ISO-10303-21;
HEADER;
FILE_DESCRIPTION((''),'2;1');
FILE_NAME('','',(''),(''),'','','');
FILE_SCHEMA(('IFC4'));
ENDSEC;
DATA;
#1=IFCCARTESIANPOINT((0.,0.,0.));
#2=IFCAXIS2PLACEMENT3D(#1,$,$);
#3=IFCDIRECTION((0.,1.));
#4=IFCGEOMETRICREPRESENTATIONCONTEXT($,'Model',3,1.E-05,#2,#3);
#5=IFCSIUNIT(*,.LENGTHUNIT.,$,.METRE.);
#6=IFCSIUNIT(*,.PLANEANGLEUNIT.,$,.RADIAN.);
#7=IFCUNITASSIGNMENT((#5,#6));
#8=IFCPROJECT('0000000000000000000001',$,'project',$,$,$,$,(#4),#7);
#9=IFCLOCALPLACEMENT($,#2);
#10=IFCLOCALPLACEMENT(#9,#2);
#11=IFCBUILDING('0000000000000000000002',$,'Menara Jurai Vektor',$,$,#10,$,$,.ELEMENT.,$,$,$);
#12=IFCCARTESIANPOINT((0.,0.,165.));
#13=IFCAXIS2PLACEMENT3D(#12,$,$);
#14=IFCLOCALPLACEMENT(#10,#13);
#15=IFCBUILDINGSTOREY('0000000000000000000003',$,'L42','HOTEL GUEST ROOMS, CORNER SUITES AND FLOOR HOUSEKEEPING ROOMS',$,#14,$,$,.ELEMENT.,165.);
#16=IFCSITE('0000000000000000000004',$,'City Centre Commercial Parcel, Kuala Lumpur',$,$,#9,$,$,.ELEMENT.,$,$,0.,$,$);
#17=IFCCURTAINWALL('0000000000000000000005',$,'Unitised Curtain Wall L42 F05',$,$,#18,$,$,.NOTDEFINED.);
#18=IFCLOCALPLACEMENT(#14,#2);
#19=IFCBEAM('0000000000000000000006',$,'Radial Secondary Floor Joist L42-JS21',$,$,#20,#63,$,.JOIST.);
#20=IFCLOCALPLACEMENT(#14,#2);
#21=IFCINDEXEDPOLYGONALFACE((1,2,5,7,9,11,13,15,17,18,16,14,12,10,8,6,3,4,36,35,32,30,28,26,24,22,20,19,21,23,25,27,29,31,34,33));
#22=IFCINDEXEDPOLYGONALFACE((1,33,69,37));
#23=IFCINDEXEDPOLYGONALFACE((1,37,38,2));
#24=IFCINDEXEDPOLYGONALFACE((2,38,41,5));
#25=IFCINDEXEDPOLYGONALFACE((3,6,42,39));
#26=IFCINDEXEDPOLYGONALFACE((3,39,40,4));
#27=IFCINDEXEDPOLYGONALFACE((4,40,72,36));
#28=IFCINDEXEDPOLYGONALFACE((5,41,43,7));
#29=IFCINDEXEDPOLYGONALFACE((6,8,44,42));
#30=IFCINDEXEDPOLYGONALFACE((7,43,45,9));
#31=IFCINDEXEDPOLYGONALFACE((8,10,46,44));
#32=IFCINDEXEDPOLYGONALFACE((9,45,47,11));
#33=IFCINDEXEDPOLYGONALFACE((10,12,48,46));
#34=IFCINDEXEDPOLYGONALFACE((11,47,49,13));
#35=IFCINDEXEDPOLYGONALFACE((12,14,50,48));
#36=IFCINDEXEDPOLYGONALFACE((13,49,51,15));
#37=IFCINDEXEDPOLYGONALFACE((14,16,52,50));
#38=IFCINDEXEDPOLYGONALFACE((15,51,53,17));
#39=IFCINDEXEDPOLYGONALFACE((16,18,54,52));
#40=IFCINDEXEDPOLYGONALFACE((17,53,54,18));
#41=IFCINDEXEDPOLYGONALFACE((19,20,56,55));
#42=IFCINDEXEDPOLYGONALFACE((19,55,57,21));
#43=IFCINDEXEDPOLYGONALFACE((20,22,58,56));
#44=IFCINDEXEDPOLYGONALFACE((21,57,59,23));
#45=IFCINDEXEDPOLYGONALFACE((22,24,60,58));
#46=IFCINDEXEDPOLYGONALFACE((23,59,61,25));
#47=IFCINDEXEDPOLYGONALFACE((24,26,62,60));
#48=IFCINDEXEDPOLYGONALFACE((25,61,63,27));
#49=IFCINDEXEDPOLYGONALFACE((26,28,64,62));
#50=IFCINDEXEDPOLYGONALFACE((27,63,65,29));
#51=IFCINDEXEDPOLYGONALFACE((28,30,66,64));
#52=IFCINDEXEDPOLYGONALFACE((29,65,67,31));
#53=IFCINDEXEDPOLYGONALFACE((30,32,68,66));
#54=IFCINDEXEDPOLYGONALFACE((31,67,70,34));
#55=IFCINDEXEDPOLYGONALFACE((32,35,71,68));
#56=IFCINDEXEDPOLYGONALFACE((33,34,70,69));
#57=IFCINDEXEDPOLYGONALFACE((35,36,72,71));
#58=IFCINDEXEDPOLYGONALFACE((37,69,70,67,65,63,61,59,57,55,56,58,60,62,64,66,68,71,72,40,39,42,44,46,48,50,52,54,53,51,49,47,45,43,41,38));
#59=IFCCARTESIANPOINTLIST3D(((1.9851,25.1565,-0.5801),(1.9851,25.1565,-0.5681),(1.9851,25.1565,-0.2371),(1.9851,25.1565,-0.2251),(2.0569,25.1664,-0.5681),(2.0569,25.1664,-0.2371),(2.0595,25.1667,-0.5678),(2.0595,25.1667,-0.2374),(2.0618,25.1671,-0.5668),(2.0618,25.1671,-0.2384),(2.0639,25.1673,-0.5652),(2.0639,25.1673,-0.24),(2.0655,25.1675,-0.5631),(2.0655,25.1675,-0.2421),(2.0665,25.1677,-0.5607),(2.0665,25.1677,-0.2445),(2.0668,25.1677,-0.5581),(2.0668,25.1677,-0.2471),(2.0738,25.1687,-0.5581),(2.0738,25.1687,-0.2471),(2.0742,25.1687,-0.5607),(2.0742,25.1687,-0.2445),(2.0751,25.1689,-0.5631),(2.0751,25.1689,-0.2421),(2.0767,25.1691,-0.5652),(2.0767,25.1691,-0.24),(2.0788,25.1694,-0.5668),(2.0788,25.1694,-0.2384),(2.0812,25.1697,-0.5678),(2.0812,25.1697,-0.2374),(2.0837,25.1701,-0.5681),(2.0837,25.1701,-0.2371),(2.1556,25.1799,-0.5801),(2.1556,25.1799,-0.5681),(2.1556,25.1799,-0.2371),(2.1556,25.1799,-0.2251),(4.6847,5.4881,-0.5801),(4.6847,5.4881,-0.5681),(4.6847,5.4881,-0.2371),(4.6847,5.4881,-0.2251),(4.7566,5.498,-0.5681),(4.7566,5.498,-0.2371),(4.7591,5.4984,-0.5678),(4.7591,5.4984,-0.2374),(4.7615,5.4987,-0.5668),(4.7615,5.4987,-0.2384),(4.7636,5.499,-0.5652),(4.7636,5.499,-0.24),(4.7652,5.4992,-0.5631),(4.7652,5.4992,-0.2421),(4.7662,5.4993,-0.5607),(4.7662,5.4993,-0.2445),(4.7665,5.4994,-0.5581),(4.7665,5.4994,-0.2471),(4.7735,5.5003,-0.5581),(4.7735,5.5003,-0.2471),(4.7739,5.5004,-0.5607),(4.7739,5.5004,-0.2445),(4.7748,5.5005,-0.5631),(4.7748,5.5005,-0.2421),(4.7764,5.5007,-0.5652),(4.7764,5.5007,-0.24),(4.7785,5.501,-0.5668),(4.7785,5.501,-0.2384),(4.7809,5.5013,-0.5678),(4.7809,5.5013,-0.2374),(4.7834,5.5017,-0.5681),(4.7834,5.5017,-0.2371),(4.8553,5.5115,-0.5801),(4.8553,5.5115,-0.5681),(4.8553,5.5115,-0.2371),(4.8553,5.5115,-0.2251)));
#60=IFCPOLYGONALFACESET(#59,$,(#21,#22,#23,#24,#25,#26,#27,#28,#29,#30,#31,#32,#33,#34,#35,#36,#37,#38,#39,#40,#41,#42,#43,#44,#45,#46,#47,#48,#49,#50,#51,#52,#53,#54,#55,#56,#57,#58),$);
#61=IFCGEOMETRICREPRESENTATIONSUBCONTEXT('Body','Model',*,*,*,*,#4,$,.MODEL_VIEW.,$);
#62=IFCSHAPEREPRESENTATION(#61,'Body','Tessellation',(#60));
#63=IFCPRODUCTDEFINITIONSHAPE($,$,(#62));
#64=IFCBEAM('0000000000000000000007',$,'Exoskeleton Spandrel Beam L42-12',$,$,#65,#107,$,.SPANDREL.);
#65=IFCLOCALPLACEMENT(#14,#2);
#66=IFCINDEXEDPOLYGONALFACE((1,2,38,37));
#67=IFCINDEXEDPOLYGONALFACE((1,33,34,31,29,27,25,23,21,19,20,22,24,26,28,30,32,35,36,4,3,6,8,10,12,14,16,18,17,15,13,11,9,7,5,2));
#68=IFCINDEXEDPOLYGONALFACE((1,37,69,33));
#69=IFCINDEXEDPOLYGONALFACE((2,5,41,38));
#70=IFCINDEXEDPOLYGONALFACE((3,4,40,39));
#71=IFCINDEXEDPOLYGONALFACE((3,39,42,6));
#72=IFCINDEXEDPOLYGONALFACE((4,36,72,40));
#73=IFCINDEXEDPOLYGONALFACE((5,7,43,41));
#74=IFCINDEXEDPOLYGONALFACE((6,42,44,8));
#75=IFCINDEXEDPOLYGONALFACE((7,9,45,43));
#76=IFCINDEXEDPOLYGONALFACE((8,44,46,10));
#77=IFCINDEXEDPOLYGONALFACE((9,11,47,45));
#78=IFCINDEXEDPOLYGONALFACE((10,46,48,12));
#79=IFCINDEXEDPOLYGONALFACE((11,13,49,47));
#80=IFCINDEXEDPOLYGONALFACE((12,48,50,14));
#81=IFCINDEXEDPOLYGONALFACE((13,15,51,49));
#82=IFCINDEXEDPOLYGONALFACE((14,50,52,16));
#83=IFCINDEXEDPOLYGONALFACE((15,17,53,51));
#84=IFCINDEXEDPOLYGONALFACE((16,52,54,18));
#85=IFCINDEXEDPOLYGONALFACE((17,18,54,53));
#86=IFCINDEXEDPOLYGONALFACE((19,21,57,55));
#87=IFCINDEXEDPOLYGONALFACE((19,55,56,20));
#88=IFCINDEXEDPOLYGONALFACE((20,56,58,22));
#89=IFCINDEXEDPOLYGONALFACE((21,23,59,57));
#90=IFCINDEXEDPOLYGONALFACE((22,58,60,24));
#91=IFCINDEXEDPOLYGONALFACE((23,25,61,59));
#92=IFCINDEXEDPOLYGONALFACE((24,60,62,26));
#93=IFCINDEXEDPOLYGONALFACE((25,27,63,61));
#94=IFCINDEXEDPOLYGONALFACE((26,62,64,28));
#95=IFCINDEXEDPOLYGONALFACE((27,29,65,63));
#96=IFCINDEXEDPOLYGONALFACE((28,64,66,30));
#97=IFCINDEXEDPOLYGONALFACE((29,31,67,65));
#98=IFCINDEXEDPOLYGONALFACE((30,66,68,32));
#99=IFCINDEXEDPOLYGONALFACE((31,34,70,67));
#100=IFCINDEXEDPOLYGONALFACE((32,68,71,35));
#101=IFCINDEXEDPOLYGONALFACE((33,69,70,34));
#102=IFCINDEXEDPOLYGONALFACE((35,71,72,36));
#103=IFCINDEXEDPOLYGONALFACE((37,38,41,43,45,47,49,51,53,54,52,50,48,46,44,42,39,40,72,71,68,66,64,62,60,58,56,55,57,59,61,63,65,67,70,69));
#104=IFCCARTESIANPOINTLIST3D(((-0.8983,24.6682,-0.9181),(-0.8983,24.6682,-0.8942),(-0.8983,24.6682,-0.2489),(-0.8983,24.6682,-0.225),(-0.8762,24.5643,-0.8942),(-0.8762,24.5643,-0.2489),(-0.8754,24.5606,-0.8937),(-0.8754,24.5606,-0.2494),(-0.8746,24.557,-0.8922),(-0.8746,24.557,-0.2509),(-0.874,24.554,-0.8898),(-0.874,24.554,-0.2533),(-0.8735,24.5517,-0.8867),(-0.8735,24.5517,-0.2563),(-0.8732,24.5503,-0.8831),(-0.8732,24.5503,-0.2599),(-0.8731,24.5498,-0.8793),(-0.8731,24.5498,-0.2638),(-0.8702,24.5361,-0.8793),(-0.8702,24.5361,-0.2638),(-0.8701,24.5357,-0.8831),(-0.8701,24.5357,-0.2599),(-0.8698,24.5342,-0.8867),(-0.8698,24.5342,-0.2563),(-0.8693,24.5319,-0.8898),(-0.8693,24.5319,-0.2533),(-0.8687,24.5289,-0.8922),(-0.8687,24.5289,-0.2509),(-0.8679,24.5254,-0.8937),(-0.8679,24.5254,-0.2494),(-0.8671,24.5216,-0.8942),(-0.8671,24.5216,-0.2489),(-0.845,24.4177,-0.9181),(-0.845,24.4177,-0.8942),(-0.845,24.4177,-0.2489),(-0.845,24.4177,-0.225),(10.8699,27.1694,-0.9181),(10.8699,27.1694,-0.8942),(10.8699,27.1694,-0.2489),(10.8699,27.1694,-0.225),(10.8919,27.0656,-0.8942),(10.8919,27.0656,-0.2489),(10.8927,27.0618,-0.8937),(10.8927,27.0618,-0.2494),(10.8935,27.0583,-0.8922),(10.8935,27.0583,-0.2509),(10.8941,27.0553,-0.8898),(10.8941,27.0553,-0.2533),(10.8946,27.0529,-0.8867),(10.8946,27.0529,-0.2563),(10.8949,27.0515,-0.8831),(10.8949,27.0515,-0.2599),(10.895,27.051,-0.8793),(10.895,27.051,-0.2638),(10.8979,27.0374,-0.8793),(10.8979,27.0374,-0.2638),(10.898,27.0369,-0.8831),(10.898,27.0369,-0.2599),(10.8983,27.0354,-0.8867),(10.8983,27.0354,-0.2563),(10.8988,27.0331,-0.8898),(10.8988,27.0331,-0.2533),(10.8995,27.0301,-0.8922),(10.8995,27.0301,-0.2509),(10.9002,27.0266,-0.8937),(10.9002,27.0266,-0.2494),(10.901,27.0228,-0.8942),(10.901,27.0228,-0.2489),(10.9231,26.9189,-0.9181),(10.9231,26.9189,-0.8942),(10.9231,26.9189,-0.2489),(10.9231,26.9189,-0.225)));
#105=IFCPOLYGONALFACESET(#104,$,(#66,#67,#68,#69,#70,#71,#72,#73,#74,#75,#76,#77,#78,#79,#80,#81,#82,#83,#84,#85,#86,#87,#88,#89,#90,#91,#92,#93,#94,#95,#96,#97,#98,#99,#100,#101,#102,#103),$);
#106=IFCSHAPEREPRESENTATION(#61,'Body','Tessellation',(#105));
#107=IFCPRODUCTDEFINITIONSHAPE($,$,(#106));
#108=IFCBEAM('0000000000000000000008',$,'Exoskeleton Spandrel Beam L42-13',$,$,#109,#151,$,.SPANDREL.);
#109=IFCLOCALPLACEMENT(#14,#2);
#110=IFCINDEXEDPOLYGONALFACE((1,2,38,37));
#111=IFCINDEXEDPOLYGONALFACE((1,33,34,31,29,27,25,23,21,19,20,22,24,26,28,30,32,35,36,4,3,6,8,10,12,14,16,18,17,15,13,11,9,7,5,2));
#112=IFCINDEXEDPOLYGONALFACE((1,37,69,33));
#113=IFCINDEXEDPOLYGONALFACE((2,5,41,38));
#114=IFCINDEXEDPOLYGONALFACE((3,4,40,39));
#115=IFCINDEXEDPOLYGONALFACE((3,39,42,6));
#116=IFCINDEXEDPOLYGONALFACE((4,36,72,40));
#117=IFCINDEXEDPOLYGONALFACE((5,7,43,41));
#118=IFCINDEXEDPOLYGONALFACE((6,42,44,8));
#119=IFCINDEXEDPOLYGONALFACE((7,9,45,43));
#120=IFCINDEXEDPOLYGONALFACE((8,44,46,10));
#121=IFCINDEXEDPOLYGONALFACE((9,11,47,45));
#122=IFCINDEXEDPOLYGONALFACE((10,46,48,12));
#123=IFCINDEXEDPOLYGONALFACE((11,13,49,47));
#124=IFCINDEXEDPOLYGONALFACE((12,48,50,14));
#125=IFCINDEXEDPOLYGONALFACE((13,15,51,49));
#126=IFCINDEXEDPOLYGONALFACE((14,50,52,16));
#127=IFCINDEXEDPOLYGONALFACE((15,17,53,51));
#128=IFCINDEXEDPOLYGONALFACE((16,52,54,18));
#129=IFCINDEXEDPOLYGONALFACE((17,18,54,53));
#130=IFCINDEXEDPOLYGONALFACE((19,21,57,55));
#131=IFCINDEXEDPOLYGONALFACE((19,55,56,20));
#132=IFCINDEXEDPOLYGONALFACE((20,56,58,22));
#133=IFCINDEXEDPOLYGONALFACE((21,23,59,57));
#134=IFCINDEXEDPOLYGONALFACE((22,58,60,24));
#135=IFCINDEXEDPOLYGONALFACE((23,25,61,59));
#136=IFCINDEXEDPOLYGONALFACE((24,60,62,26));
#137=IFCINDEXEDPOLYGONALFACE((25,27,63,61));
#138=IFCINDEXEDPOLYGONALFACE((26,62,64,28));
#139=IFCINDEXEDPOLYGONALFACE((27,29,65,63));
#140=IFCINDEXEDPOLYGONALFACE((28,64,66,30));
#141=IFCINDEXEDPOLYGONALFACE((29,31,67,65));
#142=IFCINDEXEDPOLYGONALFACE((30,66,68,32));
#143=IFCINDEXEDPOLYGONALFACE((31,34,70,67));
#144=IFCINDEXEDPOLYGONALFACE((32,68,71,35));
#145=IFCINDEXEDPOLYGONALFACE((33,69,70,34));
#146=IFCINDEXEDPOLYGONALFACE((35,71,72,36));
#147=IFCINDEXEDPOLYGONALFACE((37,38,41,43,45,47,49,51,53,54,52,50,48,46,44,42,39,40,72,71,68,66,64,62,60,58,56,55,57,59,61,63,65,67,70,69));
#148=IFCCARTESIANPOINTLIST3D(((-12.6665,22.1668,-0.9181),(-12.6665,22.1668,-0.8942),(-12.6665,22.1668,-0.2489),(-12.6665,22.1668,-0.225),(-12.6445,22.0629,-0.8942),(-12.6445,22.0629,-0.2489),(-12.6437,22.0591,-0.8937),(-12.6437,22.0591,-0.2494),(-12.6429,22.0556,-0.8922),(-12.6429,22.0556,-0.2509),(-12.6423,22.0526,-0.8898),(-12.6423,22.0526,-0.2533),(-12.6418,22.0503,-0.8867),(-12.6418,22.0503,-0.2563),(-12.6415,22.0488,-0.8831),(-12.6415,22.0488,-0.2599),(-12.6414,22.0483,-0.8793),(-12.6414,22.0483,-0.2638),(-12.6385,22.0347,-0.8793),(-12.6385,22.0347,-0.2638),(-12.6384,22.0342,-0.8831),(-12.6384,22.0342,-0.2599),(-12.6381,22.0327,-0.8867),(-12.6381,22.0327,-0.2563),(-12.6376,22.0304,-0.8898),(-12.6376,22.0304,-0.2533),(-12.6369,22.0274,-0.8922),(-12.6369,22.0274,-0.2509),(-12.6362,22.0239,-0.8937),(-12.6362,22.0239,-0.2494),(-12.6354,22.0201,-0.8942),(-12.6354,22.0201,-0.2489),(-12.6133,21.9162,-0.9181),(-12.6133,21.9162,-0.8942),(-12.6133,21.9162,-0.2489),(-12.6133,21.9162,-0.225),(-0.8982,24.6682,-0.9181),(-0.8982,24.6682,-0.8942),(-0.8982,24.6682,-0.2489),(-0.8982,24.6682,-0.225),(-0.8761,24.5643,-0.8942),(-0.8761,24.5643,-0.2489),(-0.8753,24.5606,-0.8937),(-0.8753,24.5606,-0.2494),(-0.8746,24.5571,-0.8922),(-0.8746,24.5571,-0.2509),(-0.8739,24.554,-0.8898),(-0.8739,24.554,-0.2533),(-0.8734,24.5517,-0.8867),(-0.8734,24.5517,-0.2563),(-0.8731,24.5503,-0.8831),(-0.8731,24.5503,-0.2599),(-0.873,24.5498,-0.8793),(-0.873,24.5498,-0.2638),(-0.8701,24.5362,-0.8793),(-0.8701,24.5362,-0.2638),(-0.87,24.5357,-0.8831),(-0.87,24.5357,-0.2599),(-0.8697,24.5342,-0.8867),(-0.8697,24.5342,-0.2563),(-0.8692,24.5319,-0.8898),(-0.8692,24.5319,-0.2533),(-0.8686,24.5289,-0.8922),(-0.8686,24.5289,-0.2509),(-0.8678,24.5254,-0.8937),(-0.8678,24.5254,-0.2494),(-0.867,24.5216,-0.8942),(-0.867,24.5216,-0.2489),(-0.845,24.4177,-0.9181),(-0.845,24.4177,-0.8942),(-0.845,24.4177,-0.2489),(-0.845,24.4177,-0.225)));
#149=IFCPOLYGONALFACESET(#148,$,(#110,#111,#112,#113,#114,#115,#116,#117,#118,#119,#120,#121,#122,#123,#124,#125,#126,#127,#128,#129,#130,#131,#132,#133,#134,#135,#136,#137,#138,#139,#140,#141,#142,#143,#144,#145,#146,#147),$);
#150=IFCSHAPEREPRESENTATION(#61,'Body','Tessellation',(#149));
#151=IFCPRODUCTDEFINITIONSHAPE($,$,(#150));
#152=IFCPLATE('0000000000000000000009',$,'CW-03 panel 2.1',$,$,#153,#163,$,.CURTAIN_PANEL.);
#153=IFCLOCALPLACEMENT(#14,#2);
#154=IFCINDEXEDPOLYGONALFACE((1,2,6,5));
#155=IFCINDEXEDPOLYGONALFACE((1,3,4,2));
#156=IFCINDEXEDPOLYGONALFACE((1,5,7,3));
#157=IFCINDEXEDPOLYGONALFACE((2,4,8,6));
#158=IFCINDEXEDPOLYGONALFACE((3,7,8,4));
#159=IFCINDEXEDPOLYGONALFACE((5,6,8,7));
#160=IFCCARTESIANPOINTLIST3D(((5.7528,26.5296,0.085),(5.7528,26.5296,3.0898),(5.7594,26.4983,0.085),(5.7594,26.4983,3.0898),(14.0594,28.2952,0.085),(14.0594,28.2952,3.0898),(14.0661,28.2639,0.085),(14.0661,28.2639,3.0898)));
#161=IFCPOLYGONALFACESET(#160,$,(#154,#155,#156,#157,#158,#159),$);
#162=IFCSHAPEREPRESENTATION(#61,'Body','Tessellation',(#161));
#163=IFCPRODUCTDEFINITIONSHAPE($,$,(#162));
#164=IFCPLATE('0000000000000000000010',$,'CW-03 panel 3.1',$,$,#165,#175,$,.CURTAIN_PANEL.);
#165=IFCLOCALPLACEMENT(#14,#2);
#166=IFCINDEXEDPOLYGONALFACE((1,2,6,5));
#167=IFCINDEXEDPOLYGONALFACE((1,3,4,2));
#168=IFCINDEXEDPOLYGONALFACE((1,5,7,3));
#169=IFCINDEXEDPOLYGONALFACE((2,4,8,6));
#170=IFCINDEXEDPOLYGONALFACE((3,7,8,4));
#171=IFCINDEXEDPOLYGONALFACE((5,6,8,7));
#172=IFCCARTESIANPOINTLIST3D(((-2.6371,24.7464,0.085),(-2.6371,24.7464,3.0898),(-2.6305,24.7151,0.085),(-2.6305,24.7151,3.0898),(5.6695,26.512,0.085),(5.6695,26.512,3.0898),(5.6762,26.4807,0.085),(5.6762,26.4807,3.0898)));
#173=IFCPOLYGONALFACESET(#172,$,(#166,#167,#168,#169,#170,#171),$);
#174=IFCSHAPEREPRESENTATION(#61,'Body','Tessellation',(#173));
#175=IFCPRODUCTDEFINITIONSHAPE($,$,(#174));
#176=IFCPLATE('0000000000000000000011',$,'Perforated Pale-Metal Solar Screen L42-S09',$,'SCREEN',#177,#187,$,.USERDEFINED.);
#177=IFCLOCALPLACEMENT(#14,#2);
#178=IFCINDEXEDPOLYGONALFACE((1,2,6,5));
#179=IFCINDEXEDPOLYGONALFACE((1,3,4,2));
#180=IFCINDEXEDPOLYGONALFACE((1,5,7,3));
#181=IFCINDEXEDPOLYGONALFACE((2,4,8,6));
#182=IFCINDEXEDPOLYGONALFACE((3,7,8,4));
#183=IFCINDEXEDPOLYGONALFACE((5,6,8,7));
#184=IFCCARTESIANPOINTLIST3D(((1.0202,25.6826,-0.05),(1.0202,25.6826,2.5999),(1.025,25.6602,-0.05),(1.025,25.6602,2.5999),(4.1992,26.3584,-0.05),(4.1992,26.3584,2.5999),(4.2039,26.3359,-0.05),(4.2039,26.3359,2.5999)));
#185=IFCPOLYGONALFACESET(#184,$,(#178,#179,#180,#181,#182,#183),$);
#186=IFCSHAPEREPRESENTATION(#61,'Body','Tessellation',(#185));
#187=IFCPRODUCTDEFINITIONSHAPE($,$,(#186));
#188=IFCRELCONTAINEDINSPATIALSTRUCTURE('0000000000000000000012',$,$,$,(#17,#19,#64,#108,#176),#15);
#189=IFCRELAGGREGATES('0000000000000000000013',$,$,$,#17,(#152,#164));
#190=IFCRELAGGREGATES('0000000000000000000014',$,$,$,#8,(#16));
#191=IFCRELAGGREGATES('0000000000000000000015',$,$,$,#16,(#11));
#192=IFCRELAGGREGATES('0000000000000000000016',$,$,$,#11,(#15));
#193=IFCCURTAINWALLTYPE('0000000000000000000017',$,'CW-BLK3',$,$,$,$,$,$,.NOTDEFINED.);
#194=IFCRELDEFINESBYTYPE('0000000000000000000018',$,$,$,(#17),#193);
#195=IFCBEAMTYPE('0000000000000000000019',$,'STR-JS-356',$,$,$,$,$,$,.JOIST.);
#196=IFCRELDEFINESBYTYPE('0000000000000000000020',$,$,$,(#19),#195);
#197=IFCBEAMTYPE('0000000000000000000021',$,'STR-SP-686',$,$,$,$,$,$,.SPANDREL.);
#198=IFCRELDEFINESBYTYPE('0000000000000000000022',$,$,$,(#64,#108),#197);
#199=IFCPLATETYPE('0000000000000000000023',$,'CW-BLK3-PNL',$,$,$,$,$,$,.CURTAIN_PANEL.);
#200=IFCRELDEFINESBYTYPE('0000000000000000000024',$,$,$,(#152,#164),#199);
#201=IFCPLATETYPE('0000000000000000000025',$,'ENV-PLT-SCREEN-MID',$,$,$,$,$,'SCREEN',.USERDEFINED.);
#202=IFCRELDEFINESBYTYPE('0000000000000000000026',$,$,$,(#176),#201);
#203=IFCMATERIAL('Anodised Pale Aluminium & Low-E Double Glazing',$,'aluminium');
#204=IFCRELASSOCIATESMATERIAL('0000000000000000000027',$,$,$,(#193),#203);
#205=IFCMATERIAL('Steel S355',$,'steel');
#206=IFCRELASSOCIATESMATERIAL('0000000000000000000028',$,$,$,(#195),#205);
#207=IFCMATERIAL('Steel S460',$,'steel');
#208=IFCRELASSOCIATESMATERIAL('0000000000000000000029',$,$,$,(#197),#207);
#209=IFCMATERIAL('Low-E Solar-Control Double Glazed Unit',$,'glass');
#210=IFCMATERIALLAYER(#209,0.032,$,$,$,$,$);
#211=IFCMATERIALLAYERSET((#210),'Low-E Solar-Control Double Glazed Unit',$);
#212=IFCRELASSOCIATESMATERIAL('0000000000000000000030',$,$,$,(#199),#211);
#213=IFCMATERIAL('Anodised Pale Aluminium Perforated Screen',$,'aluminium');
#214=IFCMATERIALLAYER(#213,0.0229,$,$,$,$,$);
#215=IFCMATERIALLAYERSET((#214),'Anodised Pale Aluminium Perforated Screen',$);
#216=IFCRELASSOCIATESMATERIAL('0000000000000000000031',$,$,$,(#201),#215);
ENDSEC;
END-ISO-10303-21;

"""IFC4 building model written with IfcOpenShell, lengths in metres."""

from ifc_helpers import new_model, si_unit, direction, frame, origin, origin_2d, place, context, subcontext, project, spatial, rectangle, i_section, extrude, material, layer, layer_set, material_profile, profile_set, type_object, element, aggregate, save


model = new_model("IFC4")

# Units and contexts
model_context = context("Model", 3, precision=1e-05, world=origin(), true_north=direction((0.0, 1.0)))
body_context = subcontext(model_context, "Body", "Model", "MODEL_VIEW")
ifc_project = project(units=[si_unit("LENGTHUNIT", "METRE"), si_unit("PLANEANGLEUNIT", "RADIAN")], contexts=[model_context])

# Site, building, storey
site_placement = place(None, origin())
site = spatial("IfcSite", under=ifc_project, at=site_placement, Name="City Centre Commercial Parcel, Kuala Lumpur", CompositionType="ELEMENT", RefElevation=0.0)
building_placement = place(site_placement, origin())
building = spatial("IfcBuilding", under=site, at=building_placement, Name="Menara Jurai Vektor", CompositionType="ELEMENT")
storey_placement = place(building_placement, frame((0.0, 0.0, 165.0)))
storey = spatial("IfcBuildingStorey", under=building, at=storey_placement, Name="L42", Description="HOTEL GUEST ROOMS, CORNER SUITES AND FLOOR HOUSEKEEPING ROOMS", CompositionType="ELEMENT", Elevation=165.0)

# Shared definitions
ifc_material_1 = material(Name="Steel S460", Category="steel")

# Curtain wall
ifc_material_2 = material(Name="Anodised Pale Aluminium & Low-E Double Glazing", Category="aluminium")
curtain_wall_type = type_object("IfcCurtainWallType", Name="CW-BLK3", PredefinedType="NOTDEFINED", material=ifc_material_2)
curtain_wall_placement = place(storey_placement, origin())
curtain_wall = element("IfcCurtainWall", 1, at=curtain_wall_placement, inside=storey, type_object=curtain_wall_type, Name="Unitised Curtain Wall L42 F05", PredefinedType="NOTDEFINED")

# Beams
ifc_material_3 = material(Name="Steel S355", Category="steel")
ifc_material_profile_1 = material_profile(ifc_material_3, i_section(OverallWidth=0.1721, OverallDepth=0.355, WebThickness=0.0071, FlangeThickness=0.012, FilletRadius=0.01, at=origin_2d()), Name="UKB 356x171x51")
ifc_profile_set_1 = profile_set([ifc_material_profile_1], Name="Steel S355")
beam_type_1 = type_object("IfcBeamType", Name="STR-JS-356", PredefinedType="JOIST", material=ifc_profile_set_1)
beam_1_placement = place(storey_placement, frame((2.0703, 25.1682, -0.4026), z_axis=(0.135986, -0.990711, 0.0), x_axis=(0.990711, 0.135986, 0.0)))
element("IfcBeam", 2, at=beam_1_placement, inside=storey, type_object=beam_type_1, Name="Radial Secondary Floor Joist L42-JS21", PredefinedType="JOIST", context=body_context, shape_type="SweptSolid", body=[
    extrude(i_section(OverallWidth=0.1721, OverallDepth=0.355, WebThickness=0.0071, FlangeThickness=0.012, FilletRadius=0.01, at=origin_2d()), origin(), (0.0, 0.0, 1.0), 19.8528),
])
ifc_material_profile_2 = material_profile(ifc_material_1, i_section(OverallWidth=0.2561, OverallDepth=0.6931, WebThickness=0.0139, FlangeThickness=0.0239, FilletRadius=0.0149, at=origin_2d()), Name="UKB 686x254x170")
ifc_profile_set_2 = profile_set([ifc_material_profile_2], Name="Steel S460")
beam_type_2 = type_object("IfcBeamType", Name="STR-SP-686", PredefinedType="SPANDREL", material=ifc_profile_set_2)
beam_2_placement = place(storey_placement, frame((10.8965, 27.0442, -0.5715), z_axis=(-0.97815, -0.207899, 0.0), x_axis=(0.207899, -0.97815, 0.0)))
element("IfcBeam", 3, at=beam_2_placement, inside=storey, type_object=beam_type_2, Name="Exoskeleton Spandrel Beam L42-12", PredefinedType="SPANDREL", context=body_context, shape_type="SweptSolid", body=[
    extrude(i_section(OverallWidth=0.2561, OverallDepth=0.6931, WebThickness=0.0139, FlangeThickness=0.0239, FilletRadius=0.0149, at=origin_2d()), origin(), (0.0, 0.0, 1.0), 12.031),
])
beam_3_placement = place(storey_placement, frame((-0.8716, 24.543, -0.5715), z_axis=(-0.978147, -0.207914, 0.0), x_axis=(0.207914, -0.978147, 0.0)))
element("IfcBeam", 4, at=beam_3_placement, inside=storey, type_object=beam_type_2, Name="Exoskeleton Spandrel Beam L42-13", PredefinedType="SPANDREL", context=body_context, shape_type="SweptSolid", body=[
    extrude(i_section(OverallWidth=0.2561, OverallDepth=0.6931, WebThickness=0.0139, FlangeThickness=0.0239, FilletRadius=0.0149, at=origin_2d()), origin(), (0.0, 0.0, 1.0), 12.0312),
])

# Plates
ifc_material_4 = material(Name="Low-E Solar-Control Double Glazed Unit", Category="glass")
ifc_layer_1 = layer(ifc_material_4, 0.032)
ifc_layer_set_1 = layer_set([ifc_layer_1], Name="Low-E Solar-Control Double Glazed Unit")
plate_type_1 = type_object("IfcPlateType", Name="CW-BLK3-PNL", PredefinedType="CURTAIN_PANEL", material=ifc_layer_set_1)
plate_1_placement = place(storey_placement, frame((9.9094, 27.3967, 0.085), z_axis=(0.0, 0.0, 1.0), x_axis=(-0.978148, -0.207911, 0.0)))
plate_1 = element("IfcPlate", 5, at=plate_1_placement, type_object=plate_type_1, Name="CW-03 panel 2.1", PredefinedType="CURTAIN_PANEL", context=body_context, shape_type="SweptSolid", body=[
    extrude(rectangle(XDim=8.4922, YDim=0.032, at=origin_2d()), origin(), (0.0, 0.0, 1.0), 3.0049),
])
plate_2_placement = place(storey_placement, frame((1.5195, 25.6135, 0.085), z_axis=(0.0, 0.0, 1.0), x_axis=(-0.978148, -0.207911, 0.0)))
plate_2 = element("IfcPlate", 6, at=plate_2_placement, type_object=plate_type_1, Name="CW-03 panel 3.1", PredefinedType="CURTAIN_PANEL", context=body_context, shape_type="SweptSolid", body=[
    extrude(rectangle(XDim=8.4922, YDim=0.032, at=origin_2d()), origin(), (0.0, 0.0, 1.0), 3.0049),
])
aggregate(curtain_wall, [plate_1, plate_2])
ifc_material_5 = material(Name="Anodised Pale Aluminium Perforated Screen", Category="aluminium")
ifc_layer_2 = layer(ifc_material_5, 0.0229)
ifc_layer_set_2 = layer_set([ifc_layer_2], Name="Anodised Pale Aluminium Perforated Screen")
plate_type_2 = type_object("IfcPlateType", Name="ENV-PLT-SCREEN-MID", ElementType="SCREEN", PredefinedType="USERDEFINED", material=ifc_layer_set_2)
plate_3_placement = place(storey_placement, frame((2.6121, 26.0093, -0.05), z_axis=(0.0, 0.0, 1.0), x_axis=(-0.978148, -0.207912, 0.0)))
element("IfcPlate", 7, at=plate_3_placement, inside=storey, type_object=plate_type_2, Name="Perforated Pale-Metal Solar Screen L42-S09", ObjectType="SCREEN", PredefinedType="USERDEFINED", context=body_context, shape_type="SweptSolid", body=[
    extrude(rectangle(XDim=3.25, YDim=0.0229, at=origin_2d()), origin(), (0.0, 0.0, 1.0), 2.6499),
])

save(model, "model.ifc")
